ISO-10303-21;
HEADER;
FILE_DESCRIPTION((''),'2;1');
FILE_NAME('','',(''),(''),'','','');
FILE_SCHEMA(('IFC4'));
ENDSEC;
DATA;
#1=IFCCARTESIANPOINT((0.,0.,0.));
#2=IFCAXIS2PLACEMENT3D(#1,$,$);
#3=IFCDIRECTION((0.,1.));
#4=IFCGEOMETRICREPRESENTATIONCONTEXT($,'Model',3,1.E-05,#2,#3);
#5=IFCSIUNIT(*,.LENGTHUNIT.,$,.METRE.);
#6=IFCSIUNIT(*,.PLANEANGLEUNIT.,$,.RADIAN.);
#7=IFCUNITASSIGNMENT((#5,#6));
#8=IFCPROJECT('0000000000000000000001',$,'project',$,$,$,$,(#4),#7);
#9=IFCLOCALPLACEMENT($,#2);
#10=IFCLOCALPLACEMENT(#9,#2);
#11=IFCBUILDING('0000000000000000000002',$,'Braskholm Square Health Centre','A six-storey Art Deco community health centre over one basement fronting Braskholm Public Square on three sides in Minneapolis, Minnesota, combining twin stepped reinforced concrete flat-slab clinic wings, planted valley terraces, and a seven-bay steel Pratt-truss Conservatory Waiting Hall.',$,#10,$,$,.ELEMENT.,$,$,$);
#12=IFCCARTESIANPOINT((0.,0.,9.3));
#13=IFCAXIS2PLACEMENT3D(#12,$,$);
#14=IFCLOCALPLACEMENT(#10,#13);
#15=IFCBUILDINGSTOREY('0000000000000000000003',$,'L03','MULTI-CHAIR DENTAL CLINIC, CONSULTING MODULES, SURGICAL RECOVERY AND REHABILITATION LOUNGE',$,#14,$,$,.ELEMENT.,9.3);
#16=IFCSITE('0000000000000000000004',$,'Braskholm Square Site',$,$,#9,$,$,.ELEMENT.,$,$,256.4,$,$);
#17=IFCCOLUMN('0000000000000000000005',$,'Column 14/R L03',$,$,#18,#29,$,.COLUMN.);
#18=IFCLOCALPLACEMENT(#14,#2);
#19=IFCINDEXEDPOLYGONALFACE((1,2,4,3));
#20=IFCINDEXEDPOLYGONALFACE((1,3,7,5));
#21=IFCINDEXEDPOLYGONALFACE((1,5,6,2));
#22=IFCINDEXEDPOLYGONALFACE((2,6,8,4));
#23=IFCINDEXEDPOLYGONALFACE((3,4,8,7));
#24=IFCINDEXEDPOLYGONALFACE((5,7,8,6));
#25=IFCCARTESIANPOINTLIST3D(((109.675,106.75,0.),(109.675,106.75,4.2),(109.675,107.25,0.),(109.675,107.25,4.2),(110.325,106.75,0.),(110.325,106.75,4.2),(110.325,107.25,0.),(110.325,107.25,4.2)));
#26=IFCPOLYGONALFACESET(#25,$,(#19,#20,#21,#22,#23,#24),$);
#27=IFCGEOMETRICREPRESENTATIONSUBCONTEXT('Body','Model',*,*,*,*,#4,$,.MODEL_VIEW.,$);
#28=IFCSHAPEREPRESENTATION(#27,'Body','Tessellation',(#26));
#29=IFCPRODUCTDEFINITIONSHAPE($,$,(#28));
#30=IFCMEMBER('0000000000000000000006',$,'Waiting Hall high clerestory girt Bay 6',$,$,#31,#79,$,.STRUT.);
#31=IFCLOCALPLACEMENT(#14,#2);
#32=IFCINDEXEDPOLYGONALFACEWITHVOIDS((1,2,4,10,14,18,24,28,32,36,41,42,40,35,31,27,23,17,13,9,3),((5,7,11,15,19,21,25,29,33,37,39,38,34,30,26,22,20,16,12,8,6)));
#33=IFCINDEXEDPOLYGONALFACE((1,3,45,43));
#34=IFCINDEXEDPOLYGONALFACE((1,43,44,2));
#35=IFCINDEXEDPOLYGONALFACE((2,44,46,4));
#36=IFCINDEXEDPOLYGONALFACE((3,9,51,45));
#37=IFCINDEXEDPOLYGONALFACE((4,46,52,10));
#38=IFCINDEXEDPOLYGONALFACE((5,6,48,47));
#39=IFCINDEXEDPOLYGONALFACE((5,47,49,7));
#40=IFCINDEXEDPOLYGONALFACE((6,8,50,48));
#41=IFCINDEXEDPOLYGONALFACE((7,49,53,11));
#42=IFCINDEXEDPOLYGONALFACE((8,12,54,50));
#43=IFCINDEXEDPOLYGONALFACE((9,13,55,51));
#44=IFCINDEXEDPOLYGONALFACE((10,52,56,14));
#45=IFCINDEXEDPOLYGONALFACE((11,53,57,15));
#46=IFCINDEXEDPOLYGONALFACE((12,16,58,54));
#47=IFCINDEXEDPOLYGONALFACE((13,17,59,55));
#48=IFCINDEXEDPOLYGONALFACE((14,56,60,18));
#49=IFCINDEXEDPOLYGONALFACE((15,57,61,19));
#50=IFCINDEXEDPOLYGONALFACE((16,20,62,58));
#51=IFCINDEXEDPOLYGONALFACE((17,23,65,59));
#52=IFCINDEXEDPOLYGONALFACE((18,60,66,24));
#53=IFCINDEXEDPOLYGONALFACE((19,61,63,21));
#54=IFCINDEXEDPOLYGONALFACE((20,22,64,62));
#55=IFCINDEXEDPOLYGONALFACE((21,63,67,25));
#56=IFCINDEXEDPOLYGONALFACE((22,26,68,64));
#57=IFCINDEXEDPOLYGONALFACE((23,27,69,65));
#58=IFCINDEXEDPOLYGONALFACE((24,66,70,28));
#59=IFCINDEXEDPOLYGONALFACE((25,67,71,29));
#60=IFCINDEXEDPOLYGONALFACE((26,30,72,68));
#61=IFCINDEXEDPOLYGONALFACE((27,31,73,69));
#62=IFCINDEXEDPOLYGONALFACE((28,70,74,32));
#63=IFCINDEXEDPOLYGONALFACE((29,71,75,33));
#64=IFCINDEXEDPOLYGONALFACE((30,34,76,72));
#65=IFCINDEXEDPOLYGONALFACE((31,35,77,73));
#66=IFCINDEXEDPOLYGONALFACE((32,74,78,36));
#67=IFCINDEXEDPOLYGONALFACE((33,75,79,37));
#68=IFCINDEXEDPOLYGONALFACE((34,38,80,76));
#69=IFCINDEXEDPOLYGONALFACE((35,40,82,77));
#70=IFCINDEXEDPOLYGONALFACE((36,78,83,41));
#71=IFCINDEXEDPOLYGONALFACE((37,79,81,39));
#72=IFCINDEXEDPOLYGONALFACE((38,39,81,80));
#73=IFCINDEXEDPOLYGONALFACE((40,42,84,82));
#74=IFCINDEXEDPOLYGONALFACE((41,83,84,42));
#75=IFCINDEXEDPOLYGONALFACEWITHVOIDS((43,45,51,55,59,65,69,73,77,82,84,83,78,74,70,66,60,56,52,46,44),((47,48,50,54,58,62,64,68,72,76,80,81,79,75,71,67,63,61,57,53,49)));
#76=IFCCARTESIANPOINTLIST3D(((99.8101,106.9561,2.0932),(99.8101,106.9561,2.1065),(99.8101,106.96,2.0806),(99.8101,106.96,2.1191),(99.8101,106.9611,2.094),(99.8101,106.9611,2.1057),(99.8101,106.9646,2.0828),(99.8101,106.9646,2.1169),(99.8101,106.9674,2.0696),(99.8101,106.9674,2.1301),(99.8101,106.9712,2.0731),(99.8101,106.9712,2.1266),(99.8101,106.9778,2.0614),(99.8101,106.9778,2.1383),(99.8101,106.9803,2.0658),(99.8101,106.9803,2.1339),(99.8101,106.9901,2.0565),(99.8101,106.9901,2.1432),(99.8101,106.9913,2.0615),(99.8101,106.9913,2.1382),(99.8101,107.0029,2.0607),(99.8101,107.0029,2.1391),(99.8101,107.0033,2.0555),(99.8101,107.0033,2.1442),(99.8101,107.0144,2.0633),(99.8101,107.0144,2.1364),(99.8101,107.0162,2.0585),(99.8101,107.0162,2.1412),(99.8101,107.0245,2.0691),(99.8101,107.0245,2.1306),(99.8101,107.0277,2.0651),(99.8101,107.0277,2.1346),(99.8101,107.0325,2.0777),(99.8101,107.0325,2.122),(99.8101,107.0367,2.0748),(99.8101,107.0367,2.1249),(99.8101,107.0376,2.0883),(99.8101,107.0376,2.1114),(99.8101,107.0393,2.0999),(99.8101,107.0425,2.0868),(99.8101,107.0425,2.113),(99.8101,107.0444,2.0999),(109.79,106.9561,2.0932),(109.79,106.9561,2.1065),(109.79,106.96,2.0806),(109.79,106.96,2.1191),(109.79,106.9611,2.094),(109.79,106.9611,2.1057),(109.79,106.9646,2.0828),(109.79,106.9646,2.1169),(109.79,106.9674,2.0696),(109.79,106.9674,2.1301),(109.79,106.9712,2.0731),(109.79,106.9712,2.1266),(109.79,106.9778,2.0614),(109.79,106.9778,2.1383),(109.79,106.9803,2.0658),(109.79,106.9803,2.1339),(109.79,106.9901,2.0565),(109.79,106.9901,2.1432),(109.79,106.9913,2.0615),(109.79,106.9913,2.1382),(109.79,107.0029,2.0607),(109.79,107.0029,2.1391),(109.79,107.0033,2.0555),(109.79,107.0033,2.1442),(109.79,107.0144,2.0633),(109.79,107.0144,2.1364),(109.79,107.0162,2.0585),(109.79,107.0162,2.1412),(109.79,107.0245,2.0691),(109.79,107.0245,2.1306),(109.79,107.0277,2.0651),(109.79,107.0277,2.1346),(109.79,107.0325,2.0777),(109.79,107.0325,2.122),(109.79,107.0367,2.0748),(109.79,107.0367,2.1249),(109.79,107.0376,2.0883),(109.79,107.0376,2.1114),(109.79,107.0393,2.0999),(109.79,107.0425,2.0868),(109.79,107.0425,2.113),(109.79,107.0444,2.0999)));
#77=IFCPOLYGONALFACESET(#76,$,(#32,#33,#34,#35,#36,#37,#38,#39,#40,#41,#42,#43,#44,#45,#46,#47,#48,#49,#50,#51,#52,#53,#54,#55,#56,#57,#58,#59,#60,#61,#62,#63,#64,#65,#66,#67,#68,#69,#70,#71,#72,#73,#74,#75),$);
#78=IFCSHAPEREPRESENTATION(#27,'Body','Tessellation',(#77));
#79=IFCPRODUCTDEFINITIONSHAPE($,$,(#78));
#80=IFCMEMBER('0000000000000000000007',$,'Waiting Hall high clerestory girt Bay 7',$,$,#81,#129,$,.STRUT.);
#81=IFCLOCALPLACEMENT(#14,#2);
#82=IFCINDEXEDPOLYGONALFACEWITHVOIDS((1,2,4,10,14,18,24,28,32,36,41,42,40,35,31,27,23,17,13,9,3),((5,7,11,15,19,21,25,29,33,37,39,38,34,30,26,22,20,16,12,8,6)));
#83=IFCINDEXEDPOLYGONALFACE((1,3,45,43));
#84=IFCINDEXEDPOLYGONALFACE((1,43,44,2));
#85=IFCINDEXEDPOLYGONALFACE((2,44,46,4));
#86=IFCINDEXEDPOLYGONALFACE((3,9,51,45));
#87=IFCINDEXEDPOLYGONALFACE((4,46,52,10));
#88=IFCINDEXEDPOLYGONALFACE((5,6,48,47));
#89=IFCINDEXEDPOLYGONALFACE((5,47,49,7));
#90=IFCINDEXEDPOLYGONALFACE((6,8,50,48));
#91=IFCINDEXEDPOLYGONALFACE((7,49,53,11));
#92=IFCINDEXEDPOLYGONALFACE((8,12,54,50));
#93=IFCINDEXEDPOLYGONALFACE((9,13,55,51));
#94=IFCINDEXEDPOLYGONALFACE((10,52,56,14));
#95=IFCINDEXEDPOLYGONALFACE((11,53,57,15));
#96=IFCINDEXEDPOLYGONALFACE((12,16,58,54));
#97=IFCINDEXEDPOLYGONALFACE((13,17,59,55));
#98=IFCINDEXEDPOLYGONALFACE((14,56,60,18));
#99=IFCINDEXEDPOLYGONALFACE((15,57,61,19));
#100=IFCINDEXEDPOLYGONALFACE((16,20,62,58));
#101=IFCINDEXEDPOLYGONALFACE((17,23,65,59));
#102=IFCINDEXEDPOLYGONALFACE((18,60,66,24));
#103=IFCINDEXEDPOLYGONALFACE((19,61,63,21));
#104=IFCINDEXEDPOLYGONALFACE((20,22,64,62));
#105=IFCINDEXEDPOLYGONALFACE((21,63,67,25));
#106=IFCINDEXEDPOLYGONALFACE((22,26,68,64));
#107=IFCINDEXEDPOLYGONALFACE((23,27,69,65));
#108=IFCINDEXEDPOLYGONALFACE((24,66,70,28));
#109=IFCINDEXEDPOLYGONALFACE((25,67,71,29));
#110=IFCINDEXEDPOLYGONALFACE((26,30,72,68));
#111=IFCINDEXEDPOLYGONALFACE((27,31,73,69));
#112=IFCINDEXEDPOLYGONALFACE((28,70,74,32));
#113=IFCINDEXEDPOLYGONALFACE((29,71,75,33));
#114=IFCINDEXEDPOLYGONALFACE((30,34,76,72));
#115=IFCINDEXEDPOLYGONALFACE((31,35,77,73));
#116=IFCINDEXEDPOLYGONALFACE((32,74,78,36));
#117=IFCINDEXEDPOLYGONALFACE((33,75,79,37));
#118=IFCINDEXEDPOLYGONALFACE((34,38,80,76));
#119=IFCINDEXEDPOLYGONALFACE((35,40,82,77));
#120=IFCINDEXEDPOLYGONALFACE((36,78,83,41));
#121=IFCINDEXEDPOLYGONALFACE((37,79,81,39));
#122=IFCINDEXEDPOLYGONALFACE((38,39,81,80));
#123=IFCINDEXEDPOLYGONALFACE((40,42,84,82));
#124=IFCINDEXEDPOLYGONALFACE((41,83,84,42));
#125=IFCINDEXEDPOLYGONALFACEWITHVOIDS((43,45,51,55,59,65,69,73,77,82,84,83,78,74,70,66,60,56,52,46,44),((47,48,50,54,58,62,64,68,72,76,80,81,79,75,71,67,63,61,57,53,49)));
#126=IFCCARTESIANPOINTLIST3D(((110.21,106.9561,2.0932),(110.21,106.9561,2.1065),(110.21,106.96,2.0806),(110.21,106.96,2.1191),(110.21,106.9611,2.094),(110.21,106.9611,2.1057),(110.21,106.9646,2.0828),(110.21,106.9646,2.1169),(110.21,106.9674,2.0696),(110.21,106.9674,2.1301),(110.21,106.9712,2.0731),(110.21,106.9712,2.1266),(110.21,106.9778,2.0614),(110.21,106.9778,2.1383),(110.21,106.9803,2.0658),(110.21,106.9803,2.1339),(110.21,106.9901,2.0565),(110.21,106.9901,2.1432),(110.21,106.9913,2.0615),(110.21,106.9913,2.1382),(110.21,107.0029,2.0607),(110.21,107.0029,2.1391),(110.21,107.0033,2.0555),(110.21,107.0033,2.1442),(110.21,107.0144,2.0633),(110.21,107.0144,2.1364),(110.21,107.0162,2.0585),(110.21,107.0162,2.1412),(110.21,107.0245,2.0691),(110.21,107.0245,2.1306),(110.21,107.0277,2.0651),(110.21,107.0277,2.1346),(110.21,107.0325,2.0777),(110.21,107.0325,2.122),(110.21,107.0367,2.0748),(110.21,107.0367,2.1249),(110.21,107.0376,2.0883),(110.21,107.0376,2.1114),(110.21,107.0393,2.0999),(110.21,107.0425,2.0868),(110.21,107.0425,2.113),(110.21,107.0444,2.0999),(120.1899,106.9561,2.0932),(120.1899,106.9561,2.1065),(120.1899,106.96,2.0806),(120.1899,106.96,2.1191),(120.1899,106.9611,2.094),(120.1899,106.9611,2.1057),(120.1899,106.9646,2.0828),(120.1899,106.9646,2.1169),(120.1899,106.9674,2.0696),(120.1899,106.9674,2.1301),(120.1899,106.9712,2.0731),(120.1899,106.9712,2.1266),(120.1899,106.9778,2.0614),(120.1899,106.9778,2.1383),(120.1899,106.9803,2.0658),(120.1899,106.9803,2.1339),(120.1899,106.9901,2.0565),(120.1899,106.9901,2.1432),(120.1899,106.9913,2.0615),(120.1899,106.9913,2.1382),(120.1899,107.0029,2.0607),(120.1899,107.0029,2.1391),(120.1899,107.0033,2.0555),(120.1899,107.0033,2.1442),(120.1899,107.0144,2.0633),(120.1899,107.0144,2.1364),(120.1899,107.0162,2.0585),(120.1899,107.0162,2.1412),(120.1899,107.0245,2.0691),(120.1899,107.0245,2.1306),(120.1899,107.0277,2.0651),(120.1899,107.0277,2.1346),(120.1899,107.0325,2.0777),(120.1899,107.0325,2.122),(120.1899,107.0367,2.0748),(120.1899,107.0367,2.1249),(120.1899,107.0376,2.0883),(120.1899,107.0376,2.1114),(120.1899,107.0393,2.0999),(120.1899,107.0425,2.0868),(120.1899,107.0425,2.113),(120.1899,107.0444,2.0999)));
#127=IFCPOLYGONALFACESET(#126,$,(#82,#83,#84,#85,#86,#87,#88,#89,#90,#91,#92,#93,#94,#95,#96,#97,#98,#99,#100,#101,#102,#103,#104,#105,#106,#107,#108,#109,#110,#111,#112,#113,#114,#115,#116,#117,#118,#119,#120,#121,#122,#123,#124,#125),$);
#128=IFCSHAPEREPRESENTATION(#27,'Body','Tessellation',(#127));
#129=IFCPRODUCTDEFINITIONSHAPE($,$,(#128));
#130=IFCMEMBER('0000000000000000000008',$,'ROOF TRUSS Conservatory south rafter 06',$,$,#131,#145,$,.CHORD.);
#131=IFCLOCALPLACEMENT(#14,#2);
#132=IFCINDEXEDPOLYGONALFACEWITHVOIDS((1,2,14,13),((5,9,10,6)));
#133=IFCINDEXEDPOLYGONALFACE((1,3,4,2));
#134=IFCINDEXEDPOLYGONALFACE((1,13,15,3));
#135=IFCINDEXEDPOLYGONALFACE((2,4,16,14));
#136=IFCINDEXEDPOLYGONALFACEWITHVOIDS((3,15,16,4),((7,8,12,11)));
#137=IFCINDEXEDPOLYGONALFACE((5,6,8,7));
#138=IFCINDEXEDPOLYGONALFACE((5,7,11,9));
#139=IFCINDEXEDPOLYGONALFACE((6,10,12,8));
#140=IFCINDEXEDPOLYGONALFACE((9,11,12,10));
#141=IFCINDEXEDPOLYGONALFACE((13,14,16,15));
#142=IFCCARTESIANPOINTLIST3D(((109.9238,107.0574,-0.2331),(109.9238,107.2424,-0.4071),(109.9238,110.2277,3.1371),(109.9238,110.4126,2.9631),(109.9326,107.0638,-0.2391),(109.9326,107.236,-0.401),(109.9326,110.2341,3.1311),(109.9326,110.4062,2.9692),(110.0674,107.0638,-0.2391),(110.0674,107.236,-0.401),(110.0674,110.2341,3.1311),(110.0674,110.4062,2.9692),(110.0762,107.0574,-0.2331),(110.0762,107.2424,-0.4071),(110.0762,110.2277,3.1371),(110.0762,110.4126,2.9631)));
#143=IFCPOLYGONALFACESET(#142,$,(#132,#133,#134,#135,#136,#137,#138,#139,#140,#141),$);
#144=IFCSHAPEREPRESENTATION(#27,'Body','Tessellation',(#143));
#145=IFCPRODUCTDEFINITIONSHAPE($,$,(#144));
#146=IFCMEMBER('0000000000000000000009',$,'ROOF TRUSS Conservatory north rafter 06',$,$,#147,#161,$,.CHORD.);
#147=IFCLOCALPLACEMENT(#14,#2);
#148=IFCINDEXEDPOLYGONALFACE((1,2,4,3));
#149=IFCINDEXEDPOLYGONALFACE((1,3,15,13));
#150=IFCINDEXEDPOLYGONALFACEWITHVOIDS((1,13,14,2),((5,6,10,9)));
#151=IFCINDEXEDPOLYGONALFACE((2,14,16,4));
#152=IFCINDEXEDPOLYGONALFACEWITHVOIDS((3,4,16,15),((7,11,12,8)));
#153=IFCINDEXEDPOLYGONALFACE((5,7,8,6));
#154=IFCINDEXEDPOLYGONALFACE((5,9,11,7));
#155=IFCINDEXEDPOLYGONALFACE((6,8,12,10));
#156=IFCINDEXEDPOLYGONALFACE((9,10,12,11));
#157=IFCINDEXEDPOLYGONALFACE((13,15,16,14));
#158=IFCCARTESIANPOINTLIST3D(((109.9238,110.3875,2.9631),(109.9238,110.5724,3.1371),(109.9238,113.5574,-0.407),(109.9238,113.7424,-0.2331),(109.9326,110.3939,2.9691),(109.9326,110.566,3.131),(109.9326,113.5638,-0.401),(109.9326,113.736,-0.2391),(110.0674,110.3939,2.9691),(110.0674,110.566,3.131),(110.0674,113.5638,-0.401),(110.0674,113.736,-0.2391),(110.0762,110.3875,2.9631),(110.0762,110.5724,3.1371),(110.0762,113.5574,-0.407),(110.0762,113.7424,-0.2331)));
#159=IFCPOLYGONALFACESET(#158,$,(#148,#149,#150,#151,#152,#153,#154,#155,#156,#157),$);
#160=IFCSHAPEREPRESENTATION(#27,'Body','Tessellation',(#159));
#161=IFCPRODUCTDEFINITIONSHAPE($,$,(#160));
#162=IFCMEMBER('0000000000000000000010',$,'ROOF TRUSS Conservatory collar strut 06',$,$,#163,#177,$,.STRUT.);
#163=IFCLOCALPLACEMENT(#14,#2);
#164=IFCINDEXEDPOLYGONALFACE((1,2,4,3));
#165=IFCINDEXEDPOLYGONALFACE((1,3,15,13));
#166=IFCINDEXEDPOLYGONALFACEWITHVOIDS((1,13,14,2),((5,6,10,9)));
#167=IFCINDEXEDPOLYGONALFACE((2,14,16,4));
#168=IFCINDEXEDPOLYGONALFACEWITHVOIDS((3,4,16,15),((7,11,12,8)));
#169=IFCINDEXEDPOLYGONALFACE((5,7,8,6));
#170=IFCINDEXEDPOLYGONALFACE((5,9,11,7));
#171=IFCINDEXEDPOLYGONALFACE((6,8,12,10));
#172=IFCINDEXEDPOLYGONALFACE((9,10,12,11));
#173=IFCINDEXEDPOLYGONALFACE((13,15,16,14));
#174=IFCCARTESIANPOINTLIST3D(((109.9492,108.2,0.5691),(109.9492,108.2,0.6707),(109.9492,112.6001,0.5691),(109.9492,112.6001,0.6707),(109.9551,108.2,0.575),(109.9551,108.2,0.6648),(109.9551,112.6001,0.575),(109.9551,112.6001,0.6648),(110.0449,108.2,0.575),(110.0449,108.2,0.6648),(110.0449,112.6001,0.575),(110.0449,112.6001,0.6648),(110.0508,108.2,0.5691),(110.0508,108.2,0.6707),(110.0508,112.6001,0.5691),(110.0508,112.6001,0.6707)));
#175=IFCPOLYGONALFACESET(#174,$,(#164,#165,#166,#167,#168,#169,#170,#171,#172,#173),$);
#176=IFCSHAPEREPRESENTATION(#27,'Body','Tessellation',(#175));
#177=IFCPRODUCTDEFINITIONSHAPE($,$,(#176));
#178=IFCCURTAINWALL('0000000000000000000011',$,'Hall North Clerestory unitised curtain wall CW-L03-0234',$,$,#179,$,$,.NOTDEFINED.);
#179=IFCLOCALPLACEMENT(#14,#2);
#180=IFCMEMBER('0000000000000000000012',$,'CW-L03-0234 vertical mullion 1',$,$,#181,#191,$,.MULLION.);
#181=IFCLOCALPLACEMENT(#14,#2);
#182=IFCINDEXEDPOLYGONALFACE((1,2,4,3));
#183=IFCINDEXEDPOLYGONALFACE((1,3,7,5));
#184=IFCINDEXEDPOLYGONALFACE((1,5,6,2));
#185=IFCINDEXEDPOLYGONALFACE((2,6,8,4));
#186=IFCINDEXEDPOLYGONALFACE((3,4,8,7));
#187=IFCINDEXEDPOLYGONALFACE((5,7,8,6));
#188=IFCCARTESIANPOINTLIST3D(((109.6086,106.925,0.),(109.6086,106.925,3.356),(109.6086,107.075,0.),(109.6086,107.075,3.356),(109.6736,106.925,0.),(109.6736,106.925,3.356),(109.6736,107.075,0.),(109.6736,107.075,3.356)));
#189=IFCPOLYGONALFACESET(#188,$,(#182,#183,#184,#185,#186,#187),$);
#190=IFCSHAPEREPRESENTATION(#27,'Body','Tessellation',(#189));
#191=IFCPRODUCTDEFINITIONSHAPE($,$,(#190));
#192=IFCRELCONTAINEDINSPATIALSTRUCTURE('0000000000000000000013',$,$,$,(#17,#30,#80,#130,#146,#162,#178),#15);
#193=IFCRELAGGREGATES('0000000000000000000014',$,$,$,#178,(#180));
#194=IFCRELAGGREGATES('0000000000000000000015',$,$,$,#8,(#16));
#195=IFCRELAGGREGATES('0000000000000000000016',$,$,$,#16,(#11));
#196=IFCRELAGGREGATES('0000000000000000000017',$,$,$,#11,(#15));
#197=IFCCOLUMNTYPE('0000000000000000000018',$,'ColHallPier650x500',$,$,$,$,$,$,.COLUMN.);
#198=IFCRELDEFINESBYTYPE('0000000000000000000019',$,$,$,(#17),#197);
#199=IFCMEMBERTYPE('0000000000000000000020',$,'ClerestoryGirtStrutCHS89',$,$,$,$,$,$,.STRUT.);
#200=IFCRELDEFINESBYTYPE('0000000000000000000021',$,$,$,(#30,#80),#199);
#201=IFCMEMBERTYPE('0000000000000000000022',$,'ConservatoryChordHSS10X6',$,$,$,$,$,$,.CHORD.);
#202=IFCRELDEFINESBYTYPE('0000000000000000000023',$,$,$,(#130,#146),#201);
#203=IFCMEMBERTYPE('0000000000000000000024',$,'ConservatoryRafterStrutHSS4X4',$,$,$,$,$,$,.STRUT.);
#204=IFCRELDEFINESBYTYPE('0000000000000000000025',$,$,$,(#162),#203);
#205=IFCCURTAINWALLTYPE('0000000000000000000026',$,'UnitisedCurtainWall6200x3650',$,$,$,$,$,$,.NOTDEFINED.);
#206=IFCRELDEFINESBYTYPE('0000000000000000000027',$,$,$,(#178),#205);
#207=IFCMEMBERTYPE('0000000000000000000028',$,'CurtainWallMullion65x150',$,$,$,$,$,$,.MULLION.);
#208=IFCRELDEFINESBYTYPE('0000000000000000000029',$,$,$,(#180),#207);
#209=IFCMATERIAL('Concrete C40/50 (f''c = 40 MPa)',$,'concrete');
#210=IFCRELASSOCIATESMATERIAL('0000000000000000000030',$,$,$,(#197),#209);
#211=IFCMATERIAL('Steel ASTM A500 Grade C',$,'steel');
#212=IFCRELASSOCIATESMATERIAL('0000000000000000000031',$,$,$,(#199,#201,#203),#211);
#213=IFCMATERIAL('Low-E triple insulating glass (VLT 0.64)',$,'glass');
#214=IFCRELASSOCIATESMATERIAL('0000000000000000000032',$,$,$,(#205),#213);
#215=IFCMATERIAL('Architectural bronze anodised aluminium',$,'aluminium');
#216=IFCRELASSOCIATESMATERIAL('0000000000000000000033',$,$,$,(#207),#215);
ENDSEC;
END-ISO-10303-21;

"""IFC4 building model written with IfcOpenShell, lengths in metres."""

from ifc_helpers import new_model, si_unit, direction, frame, origin, origin_2d, place, context, subcontext, project, spatial, rectangle, hollow_rectangle, hollow_circle, extrude, material, material_profile, profile_set, type_object, element, aggregate, save


model = new_model("IFC4")

# Units and contexts
model_context = context("Model", 3, precision=1e-05, world=origin(), true_north=direction((0.0, 1.0)))
body_context = subcontext(model_context, "Body", "Model", "MODEL_VIEW")
ifc_project = project(units=[si_unit("LENGTHUNIT", "METRE"), si_unit("PLANEANGLEUNIT", "RADIAN")], contexts=[model_context])

# Site, building, storey
site_placement = place(None, origin())
site = spatial("IfcSite", under=ifc_project, at=site_placement, Name="Braskholm Square Site", CompositionType="ELEMENT", RefElevation=256.4)
building_placement = place(site_placement, origin())
building = spatial("IfcBuilding", under=site, at=building_placement, Name="Braskholm Square Health Centre", Description="A six-storey Art Deco community health centre over one basement fronting Braskholm Public Square on three sides in Minneapolis, Minnesota, combining twin stepped reinforced concrete flat-slab clinic wings, planted valley terraces, and a seven-bay steel Pratt-truss Conservatory Waiting Hall.", CompositionType="ELEMENT")
storey_placement = place(building_placement, frame((0.0, 0.0, 9.3)))
storey = spatial("IfcBuildingStorey", under=building, at=storey_placement, Name="L03", Description="MULTI-CHAIR DENTAL CLINIC, CONSULTING MODULES, SURGICAL RECOVERY AND REHABILITATION LOUNGE", CompositionType="ELEMENT", Elevation=9.3)

# Column
ifc_material_1 = material(Name="Concrete C40/50 (f'c = 40 MPa)", Category="concrete")
ifc_material_profile_1 = material_profile(ifc_material_1, rectangle(XDim=0.6499, YDim=0.5, at=origin_2d()), Name="RC-650X500")
ifc_profile_set_1 = profile_set([ifc_material_profile_1], Name="Concrete C40/50 (f'c = 40 MPa)")
column_type = type_object("IfcColumnType", Name="ColHallPier650x500", PredefinedType="COLUMN", material=ifc_profile_set_1)
column_placement = place(storey_placement, frame((110.0, 107.0, 0.0), z_axis=(0.0, 0.0, 1.0), x_axis=(1.0, 0.0, 0.0)))
element("IfcColumn", 1, at=column_placement, inside=storey, type_object=column_type, Name="Column 14/R L03", PredefinedType="COLUMN", context=body_context, shape_type="SweptSolid", body=[
    extrude(rectangle(XDim=0.6499, YDim=0.5, at=origin_2d()), origin(), (0.0, 0.0, 1.0), 4.2),
])

# Members
ifc_material_2 = material(Name="Steel ASTM A500 Grade C", Category="steel")
ifc_material_profile_2 = material_profile(ifc_material_2, hollow_circle(Radius=0.0444, WallThickness=0.0051, at=origin_2d()), Name="HSS3.500X0.216")
ifc_profile_set_2 = profile_set([ifc_material_profile_2], Name="Steel ASTM A500 Grade C")
member_type_1 = type_object("IfcMemberType", Name="ClerestoryGirtStrutCHS89", PredefinedType="STRUT", material=ifc_profile_set_2)
for number, where, z_axis, x_axis, name in (
    (2, (99.8101, 107.0, 2.0999), (1.0, 0.0, 0.0), (0.0, 1.0, 0.0), "Waiting Hall high clerestory girt Bay 6"),
    (3, (110.21, 107.0, 2.0999), (1.0, 0.0, 0.0), (0.0, 1.0, 0.0), "Waiting Hall high clerestory girt Bay 7"),
):
    element("IfcMember", number, at=place(storey_placement, frame(where, z_axis=z_axis, x_axis=x_axis)), inside=storey, type_object=member_type_1, Name=name, PredefinedType="STRUT", context=body_context, shape_type="SweptSolid", body=[
        extrude(hollow_circle(Radius=0.0444, WallThickness=0.0051, at=origin_2d()), origin(), (0.0, 0.0, 1.0), 9.98),
    ])
ifc_material_profile_3 = material_profile(ifc_material_2, hollow_rectangle(XDim=0.1523, YDim=0.2539, WallThickness=0.0088, at=origin_2d()), Name="HSS10X6X3/8")
ifc_profile_set_3 = profile_set([ifc_material_profile_3], Name="Steel ASTM A500 Grade C")
member_type_2 = type_object("IfcMemberType", Name="ConservatoryChordHSS10X6", PredefinedType="CHORD", material=ifc_profile_set_3)
member_1_placement = place(storey_placement, frame((110.0, 107.1499, -0.3201), z_axis=(0.0, 0.685169, 0.728384), x_axis=(-1.0, 0.0, 0.0)))
element("IfcMember", 4, at=member_1_placement, inside=storey, type_object=member_type_2, Name="ROOF TRUSS Conservatory south rafter 06", PredefinedType="CHORD", context=body_context, shape_type="SweptSolid", body=[
    extrude(hollow_rectangle(XDim=0.1523, YDim=0.2539, WallThickness=0.0088, at=origin_2d()), origin(), (0.0, 0.0, 1.0), 4.627),
])
member_2_placement = place(storey_placement, frame((110.0, 113.6499, -0.3201), z_axis=(0.0, -0.685141, 0.728411), x_axis=(1.0, 0.0, 0.0)))
element("IfcMember", 5, at=member_2_placement, inside=storey, type_object=member_type_2, Name="ROOF TRUSS Conservatory north rafter 06", PredefinedType="CHORD", context=body_context, shape_type="SweptSolid", body=[
    extrude(hollow_rectangle(XDim=0.1523, YDim=0.2539, WallThickness=0.0088, at=origin_2d()), origin(), (0.0, 0.0, 1.0), 4.6267),
])
ifc_material_profile_4 = material_profile(ifc_material_2, hollow_rectangle(XDim=0.1016, YDim=0.1016, WallThickness=0.0059, at=origin_2d()), Name="HSS4X4X1/4")
ifc_profile_set_4 = profile_set([ifc_material_profile_4], Name="Steel ASTM A500 Grade C")
member_type_3 = type_object("IfcMemberType", Name="ConservatoryRafterStrutHSS4X4", PredefinedType="STRUT", material=ifc_profile_set_4)
member_3_placement = place(storey_placement, frame((110.0, 108.2, 0.6199), z_axis=(0.0, 1.0, 0.0), x_axis=(-1.0, 0.0, 0.0)))
element("IfcMember", 6, at=member_3_placement, inside=storey, type_object=member_type_3, Name="ROOF TRUSS Conservatory collar strut 06", PredefinedType="STRUT", context=body_context, shape_type="SweptSolid", body=[
    extrude(hollow_rectangle(XDim=0.1016, YDim=0.1016, WallThickness=0.0059, at=origin_2d()), origin(), (0.0, 0.0, 1.0), 4.4001),
])

# Curtain wall, member
ifc_material_3 = material(Name="Low-E triple insulating glass (VLT 0.64)", Category="glass")
curtain_wall_type = type_object("IfcCurtainWallType", Name="UnitisedCurtainWall6200x3650", PredefinedType="NOTDEFINED", material=ifc_material_3)
curtain_wall_1_placement = place(storey_placement, origin())
curtain_wall_1 = element("IfcCurtainWall", 7, at=curtain_wall_1_placement, inside=storey, type_object=curtain_wall_type, Name="Hall North Clerestory unitised curtain wall CW-L03-0234", PredefinedType="NOTDEFINED")
ifc_material_4 = material(Name="Architectural bronze anodised aluminium", Category="aluminium")
ifc_material_profile_5 = material_profile(ifc_material_4, rectangle(XDim=0.0649, YDim=0.1499, at=origin_2d()), Name="ALU-65X150")
ifc_profile_set_5 = profile_set([ifc_material_profile_5], Name="Architectural bronze anodised aluminium")
member_type_4 = type_object("IfcMemberType", Name="CurtainWallMullion65x150", PredefinedType="MULLION", material=ifc_profile_set_5)
member_4_placement = place(storey_placement, frame((109.6411, 107.0, 0.0), z_axis=(0.0, 0.0, 1.0), x_axis=(1.0, 0.0, 0.0)))
member_4 = element("IfcMember", 8, at=member_4_placement, type_object=member_type_4, Name="CW-L03-0234 vertical mullion 1", PredefinedType="MULLION", context=body_context, shape_type="SweptSolid", body=[
    extrude(rectangle(XDim=0.0649, YDim=0.1499, at=origin_2d()), origin(), (0.0, 0.0, 1.0), 3.356),
])

aggregate(curtain_wall_1, [member_4])

save(model, "model.ifc")
